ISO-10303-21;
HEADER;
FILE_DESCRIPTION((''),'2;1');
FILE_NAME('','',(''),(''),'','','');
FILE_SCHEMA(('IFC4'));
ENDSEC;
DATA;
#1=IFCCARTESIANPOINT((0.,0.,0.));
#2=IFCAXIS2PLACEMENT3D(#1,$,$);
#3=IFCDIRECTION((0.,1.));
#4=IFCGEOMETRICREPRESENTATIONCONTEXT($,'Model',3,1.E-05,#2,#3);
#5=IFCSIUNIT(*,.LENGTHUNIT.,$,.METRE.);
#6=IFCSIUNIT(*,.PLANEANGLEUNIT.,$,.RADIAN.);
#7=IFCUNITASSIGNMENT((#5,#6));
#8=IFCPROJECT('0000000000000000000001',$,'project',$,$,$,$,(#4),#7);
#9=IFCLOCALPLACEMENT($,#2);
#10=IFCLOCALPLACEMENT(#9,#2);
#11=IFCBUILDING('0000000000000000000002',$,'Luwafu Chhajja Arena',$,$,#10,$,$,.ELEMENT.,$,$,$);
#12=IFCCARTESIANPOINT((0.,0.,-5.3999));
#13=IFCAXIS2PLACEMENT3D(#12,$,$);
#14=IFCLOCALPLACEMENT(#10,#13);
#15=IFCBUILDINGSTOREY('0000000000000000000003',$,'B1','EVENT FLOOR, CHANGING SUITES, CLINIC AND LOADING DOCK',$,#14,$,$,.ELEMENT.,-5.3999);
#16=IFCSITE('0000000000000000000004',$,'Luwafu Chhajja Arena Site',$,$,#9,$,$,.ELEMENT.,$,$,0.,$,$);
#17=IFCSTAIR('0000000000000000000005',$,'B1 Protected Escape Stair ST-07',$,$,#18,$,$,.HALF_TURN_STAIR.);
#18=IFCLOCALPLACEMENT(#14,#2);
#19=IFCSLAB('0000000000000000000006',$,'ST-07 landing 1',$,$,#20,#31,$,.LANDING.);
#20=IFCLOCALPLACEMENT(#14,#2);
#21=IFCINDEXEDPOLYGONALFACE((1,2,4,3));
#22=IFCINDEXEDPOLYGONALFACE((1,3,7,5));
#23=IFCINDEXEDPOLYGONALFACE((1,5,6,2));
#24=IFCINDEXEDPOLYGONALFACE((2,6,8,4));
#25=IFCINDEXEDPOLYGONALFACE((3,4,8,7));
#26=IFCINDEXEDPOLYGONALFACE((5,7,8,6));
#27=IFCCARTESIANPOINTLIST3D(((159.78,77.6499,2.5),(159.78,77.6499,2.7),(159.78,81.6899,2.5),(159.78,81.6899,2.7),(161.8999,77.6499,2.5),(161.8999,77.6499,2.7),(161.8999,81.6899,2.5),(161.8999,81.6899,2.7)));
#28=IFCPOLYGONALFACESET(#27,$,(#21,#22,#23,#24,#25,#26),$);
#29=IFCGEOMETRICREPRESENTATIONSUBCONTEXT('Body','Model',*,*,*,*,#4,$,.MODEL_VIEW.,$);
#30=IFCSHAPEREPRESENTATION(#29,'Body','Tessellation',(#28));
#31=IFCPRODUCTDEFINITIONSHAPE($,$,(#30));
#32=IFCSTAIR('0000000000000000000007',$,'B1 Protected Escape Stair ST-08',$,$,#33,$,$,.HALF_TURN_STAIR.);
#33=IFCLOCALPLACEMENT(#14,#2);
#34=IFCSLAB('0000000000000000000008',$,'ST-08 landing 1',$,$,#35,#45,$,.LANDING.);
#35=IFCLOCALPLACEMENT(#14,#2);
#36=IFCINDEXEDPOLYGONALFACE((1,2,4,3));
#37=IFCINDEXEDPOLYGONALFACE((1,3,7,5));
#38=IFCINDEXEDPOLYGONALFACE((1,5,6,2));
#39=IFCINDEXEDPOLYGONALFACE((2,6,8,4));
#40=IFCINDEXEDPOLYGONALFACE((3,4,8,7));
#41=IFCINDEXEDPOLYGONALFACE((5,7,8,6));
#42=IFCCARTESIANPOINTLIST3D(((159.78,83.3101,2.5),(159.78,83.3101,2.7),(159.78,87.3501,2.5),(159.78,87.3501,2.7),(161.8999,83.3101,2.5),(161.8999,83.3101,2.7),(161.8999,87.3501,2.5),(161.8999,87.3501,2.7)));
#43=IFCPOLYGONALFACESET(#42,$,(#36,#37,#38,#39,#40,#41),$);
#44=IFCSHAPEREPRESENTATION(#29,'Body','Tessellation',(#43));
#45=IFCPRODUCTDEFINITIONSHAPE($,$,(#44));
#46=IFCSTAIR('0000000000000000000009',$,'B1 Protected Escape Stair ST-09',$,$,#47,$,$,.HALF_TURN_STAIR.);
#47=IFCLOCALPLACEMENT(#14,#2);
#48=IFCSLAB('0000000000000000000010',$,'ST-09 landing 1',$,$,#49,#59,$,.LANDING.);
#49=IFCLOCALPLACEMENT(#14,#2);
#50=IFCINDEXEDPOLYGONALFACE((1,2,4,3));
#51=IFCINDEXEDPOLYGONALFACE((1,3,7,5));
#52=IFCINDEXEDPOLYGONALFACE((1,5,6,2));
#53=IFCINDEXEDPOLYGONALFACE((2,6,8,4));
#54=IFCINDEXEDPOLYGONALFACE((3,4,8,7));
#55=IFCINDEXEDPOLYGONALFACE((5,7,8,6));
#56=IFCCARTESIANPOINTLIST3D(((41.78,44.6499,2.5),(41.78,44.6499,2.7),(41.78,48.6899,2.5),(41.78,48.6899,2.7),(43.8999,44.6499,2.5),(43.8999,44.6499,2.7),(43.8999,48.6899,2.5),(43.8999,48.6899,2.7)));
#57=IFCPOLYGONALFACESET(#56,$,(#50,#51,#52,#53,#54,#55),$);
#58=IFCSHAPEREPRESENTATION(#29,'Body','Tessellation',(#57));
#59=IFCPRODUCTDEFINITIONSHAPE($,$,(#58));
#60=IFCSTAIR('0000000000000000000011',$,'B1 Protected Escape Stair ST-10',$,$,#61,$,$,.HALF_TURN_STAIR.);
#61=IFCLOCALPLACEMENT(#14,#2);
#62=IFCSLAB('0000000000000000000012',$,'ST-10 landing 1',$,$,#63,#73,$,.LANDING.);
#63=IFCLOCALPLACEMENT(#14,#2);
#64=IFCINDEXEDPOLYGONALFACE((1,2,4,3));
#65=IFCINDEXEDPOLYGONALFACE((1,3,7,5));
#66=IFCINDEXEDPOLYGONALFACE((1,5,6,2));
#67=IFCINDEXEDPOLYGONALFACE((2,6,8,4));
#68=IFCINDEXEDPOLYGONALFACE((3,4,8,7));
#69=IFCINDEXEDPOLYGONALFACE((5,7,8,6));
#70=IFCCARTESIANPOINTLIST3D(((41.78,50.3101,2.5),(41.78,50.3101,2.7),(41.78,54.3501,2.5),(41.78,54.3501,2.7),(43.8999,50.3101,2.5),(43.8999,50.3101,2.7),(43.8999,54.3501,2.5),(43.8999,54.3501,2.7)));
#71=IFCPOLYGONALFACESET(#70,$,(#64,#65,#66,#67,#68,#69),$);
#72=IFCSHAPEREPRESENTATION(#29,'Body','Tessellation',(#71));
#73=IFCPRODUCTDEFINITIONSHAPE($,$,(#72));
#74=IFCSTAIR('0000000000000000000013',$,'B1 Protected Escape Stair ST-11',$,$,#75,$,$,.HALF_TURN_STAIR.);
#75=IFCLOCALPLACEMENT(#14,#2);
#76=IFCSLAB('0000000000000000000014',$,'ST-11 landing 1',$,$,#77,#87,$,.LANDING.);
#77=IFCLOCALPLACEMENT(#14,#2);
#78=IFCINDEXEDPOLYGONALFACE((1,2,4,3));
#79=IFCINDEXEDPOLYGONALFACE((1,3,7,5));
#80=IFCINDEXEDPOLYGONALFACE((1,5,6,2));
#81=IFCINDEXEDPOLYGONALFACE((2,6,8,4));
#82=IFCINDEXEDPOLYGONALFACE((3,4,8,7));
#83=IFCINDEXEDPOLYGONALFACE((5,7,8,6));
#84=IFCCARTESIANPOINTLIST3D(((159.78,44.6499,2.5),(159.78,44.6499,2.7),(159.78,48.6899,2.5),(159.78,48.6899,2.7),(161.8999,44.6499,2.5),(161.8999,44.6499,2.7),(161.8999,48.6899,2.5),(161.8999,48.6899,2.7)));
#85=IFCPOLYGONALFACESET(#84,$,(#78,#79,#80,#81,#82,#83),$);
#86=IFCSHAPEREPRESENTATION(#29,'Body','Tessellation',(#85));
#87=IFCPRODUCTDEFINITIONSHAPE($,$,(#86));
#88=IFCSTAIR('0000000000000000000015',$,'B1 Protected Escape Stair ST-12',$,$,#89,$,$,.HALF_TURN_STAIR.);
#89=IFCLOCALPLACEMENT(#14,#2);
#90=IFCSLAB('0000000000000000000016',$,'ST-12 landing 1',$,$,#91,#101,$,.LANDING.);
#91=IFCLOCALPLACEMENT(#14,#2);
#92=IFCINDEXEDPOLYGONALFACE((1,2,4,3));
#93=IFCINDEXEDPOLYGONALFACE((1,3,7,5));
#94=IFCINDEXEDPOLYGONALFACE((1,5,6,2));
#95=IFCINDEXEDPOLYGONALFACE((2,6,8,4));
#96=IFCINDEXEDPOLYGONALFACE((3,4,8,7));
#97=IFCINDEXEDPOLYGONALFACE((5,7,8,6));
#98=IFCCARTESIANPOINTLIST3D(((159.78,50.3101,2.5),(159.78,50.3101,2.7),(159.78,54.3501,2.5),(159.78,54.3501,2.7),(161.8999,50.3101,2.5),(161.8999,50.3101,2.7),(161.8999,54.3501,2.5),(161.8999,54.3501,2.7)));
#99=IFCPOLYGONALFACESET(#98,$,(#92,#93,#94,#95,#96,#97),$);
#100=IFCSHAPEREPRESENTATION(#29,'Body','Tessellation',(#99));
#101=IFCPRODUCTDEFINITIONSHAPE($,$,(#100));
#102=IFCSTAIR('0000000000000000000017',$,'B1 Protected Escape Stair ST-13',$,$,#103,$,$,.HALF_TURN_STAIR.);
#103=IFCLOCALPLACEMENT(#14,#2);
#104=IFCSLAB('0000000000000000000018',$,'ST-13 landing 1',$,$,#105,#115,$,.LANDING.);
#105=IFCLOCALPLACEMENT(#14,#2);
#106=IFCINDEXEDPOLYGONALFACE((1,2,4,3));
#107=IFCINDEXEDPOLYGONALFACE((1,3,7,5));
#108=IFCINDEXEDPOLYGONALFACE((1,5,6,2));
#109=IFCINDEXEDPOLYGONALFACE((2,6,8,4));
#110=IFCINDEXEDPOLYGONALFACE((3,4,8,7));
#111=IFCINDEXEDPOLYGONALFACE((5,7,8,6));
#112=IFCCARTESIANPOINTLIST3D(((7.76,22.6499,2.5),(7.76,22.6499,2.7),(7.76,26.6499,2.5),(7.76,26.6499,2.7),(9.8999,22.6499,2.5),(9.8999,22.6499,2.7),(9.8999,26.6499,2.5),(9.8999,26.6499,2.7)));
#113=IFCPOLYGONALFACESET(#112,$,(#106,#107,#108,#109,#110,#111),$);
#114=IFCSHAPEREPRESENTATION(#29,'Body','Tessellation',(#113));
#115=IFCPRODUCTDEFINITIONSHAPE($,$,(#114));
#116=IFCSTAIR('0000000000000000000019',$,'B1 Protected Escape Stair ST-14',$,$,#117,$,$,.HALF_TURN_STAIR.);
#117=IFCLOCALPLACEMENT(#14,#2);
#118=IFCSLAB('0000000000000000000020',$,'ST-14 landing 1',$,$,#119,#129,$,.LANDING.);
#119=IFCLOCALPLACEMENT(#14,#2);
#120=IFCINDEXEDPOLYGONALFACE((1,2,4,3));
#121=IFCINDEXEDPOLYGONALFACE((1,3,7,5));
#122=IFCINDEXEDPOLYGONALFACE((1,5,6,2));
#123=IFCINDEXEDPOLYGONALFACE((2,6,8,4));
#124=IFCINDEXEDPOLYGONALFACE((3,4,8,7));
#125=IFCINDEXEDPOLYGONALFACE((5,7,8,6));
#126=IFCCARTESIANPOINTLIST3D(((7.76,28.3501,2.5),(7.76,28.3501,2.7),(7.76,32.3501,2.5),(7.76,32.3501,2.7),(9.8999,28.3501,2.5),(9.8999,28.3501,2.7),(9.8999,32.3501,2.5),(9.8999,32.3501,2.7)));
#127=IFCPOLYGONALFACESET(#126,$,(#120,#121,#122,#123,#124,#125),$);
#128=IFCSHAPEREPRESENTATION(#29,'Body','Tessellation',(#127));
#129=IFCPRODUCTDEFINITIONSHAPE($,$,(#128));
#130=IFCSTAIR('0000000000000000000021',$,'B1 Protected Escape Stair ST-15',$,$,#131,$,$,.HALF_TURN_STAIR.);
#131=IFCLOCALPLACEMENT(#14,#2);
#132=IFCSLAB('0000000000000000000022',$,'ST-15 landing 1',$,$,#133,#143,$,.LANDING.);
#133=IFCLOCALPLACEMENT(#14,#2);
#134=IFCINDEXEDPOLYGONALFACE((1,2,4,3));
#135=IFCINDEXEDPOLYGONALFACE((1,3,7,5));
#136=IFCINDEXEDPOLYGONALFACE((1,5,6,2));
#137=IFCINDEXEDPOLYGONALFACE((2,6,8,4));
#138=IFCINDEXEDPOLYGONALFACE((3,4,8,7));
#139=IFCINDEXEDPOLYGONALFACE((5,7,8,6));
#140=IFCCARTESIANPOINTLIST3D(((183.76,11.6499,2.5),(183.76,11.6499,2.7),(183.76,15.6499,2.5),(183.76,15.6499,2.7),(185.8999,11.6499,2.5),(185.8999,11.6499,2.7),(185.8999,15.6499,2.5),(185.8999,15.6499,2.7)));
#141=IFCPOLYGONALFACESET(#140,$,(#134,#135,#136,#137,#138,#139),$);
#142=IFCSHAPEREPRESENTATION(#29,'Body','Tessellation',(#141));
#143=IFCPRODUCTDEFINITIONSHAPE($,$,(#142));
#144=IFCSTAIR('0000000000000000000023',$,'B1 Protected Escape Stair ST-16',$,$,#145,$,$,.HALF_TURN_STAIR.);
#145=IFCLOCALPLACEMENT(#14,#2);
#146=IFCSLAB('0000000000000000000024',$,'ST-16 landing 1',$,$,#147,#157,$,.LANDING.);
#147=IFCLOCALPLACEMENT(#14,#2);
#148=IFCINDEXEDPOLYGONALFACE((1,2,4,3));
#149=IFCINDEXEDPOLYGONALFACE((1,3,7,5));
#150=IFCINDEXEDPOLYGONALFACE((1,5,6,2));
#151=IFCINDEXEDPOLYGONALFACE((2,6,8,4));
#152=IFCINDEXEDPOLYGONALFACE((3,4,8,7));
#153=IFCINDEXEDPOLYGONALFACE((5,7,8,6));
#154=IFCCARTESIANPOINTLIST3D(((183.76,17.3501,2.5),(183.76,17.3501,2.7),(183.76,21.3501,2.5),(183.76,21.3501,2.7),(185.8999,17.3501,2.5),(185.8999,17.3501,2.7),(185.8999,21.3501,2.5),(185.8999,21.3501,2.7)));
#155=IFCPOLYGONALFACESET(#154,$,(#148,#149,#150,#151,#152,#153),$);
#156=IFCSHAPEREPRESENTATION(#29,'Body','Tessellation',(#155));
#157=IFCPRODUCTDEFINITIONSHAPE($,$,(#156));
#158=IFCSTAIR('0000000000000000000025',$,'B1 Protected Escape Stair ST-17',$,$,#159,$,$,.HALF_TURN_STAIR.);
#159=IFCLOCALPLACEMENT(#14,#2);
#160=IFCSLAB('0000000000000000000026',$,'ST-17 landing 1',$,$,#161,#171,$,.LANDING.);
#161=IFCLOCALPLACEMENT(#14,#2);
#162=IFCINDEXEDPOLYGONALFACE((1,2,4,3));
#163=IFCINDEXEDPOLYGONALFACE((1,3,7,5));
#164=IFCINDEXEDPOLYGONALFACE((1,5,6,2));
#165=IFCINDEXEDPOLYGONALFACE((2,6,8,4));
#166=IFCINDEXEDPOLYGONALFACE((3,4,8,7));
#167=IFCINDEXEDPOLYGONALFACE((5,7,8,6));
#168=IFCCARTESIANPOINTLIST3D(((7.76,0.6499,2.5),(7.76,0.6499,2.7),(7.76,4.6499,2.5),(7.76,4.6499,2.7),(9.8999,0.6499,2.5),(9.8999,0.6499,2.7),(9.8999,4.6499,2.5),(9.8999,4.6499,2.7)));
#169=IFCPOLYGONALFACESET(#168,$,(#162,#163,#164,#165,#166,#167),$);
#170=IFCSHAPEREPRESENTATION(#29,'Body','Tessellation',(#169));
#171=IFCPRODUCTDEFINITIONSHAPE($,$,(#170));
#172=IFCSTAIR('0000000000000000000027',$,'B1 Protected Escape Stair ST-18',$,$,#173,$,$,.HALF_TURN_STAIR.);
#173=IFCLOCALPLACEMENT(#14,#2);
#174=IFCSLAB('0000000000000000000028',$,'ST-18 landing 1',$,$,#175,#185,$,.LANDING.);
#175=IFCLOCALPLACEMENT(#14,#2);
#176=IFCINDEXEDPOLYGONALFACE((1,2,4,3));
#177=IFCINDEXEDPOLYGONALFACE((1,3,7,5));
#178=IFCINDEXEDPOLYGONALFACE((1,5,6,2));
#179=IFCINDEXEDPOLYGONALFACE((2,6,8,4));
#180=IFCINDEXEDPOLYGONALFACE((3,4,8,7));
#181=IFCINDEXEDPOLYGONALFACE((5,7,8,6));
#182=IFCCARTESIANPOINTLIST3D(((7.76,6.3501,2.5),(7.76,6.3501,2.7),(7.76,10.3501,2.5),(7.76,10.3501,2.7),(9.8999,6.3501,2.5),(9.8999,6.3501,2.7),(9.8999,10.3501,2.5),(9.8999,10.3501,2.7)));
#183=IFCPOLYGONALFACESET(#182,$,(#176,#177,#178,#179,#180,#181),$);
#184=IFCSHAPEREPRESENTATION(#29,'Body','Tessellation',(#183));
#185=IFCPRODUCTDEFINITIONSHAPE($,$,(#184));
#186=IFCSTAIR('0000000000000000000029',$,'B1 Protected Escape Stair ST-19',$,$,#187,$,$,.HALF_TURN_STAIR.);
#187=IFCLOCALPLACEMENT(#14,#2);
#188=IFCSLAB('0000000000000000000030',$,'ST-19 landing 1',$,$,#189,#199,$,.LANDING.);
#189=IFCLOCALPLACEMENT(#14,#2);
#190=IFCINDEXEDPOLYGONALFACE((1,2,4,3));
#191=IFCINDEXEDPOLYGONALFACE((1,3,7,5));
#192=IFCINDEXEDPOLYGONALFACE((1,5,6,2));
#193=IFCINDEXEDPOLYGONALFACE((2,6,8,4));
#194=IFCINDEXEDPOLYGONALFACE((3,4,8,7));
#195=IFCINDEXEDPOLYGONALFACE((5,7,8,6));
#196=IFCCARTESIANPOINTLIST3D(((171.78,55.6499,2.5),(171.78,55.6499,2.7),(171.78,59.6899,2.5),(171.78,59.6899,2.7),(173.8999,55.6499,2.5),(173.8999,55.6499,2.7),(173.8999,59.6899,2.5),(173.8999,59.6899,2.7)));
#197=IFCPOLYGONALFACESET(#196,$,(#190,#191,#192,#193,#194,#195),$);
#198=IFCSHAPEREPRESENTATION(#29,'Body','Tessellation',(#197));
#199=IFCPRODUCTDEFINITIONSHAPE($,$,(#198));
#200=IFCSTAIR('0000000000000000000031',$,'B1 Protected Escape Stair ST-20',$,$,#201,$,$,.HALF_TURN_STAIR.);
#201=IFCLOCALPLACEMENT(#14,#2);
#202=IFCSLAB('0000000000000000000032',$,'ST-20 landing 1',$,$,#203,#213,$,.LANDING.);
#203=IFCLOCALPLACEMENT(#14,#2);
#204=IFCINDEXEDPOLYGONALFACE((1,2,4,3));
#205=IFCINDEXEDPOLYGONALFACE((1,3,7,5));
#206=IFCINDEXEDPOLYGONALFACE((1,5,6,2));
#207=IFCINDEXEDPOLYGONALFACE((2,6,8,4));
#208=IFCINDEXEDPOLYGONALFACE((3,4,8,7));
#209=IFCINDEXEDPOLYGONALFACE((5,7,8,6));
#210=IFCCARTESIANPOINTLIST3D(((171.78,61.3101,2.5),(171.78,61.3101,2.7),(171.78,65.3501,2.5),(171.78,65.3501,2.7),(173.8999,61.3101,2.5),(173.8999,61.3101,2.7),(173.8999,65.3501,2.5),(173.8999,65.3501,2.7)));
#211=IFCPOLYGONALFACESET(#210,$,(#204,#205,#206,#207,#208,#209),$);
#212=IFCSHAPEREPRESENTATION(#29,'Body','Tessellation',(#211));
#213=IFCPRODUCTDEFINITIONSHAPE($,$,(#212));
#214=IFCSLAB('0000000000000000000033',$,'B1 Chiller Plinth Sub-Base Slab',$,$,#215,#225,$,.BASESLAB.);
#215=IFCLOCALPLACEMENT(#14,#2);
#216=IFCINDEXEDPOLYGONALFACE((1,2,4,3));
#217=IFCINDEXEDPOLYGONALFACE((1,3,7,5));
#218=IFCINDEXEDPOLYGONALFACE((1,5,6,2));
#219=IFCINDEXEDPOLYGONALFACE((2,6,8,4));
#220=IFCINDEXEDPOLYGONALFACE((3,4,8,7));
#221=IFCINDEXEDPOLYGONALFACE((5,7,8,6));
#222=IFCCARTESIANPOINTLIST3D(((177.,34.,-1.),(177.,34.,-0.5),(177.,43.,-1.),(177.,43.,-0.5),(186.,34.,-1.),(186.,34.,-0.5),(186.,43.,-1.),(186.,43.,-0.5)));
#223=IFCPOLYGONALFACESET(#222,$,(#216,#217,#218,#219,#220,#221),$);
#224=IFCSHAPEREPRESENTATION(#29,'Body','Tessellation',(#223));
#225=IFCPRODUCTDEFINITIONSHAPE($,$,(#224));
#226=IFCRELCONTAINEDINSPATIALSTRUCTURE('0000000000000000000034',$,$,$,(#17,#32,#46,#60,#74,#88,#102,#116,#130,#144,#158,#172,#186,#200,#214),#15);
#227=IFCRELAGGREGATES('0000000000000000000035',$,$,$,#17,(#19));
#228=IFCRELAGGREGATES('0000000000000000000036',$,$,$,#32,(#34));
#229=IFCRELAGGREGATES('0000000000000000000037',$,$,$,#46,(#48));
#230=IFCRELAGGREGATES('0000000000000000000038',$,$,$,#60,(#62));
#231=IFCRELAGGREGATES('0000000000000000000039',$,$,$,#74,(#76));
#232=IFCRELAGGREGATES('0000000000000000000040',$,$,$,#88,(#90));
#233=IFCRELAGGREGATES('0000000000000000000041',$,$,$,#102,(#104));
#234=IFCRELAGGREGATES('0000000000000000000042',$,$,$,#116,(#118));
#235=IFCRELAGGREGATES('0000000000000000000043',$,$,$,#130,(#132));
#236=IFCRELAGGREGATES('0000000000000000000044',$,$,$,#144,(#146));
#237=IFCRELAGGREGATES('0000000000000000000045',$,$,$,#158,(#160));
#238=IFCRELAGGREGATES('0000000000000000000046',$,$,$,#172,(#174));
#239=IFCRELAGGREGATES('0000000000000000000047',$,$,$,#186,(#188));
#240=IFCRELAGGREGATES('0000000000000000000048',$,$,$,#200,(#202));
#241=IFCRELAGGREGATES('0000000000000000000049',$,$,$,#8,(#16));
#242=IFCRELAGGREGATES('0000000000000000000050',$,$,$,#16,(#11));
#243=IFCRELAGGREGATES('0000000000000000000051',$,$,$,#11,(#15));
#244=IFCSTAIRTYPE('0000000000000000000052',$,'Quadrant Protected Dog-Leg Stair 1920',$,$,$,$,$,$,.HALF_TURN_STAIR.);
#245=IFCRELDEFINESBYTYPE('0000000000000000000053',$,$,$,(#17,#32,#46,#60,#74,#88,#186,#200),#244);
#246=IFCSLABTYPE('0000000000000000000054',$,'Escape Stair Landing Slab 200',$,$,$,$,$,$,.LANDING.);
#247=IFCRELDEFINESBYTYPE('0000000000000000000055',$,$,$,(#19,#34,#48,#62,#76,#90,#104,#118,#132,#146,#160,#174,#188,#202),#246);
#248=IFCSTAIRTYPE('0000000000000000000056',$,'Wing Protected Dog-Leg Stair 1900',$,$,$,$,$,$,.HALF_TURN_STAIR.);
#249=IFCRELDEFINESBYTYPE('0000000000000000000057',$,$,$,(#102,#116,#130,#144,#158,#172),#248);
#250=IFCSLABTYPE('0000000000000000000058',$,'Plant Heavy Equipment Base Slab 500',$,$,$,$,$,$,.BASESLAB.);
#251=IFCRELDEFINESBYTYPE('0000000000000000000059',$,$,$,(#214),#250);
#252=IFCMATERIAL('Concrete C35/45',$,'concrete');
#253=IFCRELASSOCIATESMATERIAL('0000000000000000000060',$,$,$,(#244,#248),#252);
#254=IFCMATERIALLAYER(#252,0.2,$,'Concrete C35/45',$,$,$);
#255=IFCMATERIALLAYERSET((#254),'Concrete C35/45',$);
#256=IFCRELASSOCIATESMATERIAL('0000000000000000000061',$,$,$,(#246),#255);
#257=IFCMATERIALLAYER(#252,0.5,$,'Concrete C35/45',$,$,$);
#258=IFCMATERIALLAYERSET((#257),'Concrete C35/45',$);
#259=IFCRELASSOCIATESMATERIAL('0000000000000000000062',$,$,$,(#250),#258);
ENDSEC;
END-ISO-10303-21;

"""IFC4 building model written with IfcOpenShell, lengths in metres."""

from ifc_helpers import new_model, si_unit, direction, frame, origin, place, context, subcontext, project, spatial, polyline, outline, extrude, material, layer, layer_set, type_object, element, aggregate, save


model = new_model("IFC4")

# Units and contexts
model_context = context("Model", 3, precision=1e-05, world=origin(), true_north=direction((0.0, 1.0)))
body_context = subcontext(model_context, "Body", "Model", "MODEL_VIEW")
ifc_project = project(units=[si_unit("LENGTHUNIT", "METRE"), si_unit("PLANEANGLEUNIT", "RADIAN")], contexts=[model_context])

# Site, building, storey
site_placement = place(None, origin())
site = spatial("IfcSite", under=ifc_project, at=site_placement, Name="Luwafu Chhajja Arena Site", CompositionType="ELEMENT", RefElevation=0.0)
building_placement = place(site_placement, origin())
building = spatial("IfcBuilding", under=site, at=building_placement, Name="Luwafu Chhajja Arena", CompositionType="ELEMENT")
storey_placement = place(building_placement, frame((0.0, 0.0, -5.3999)))
storey = spatial("IfcBuildingStorey", under=building, at=storey_placement, Name="B1", Description="EVENT FLOOR, CHANGING SUITES, CLINIC AND LOADING DOCK", CompositionType="ELEMENT", Elevation=-5.3999)

# Shared definitions
ifc_material_1 = material(Name="Concrete C35/45", Category="concrete")

# Stairs, slabs
stair_type_1 = type_object("IfcStairType", Name="Quadrant Protected Dog-Leg Stair 1920", PredefinedType="HALF_TURN_STAIR", material=ifc_material_1)
ifc_layer_1 = layer(ifc_material_1, 0.2, Name="Concrete C35/45")
ifc_layer_set_1 = layer_set([ifc_layer_1], Name="Concrete C35/45")
slab_type_1 = type_object("IfcSlabType", Name="Escape Stair Landing Slab 200", PredefinedType="LANDING", material=ifc_layer_set_1)
stair_1_placement = place(storey_placement, origin())
stair_1 = element("IfcStair", 1, at=stair_1_placement, inside=storey, type_object=stair_type_1, Name="B1 Protected Escape Stair ST-07", PredefinedType="HALF_TURN_STAIR")
slab_1_placement = place(storey_placement, frame((0.0, 0.0, 2.5)))
slab_1 = element("IfcSlab", 2, at=slab_1_placement, type_object=slab_type_1, Name="ST-07 landing 1", PredefinedType="LANDING", context=body_context, shape_type="SweptSolid", body=[
    extrude(outline(polyline([(159.78, 77.6499), (161.8999, 77.6499), (161.8999, 81.6899), (159.78, 81.6899), (159.78, 77.6499)])), origin(), (0.0, 0.0, 1.0), 0.2),
])
aggregate(stair_1, [slab_1])
stair_2_placement = place(storey_placement, origin())
stair_2 = element("IfcStair", 3, at=stair_2_placement, inside=storey, type_object=stair_type_1, Name="B1 Protected Escape Stair ST-08", PredefinedType="HALF_TURN_STAIR")
slab_2_placement = place(storey_placement, frame((0.0, 0.0, 2.5)))
slab_2 = element("IfcSlab", 4, at=slab_2_placement, type_object=slab_type_1, Name="ST-08 landing 1", PredefinedType="LANDING", context=body_context, shape_type="SweptSolid", body=[
    extrude(outline(polyline([(159.78, 83.3101), (161.8999, 83.3101), (161.8999, 87.3501), (159.78, 87.3501), (159.78, 83.3101)])), origin(), (0.0, 0.0, 1.0), 0.2),
])
aggregate(stair_2, [slab_2])
stair_3_placement = place(storey_placement, origin())
stair_3 = element("IfcStair", 5, at=stair_3_placement, inside=storey, type_object=stair_type_1, Name="B1 Protected Escape Stair ST-09", PredefinedType="HALF_TURN_STAIR")
slab_3_placement = place(storey_placement, frame((0.0, 0.0, 2.5)))
slab_3 = element("IfcSlab", 6, at=slab_3_placement, type_object=slab_type_1, Name="ST-09 landing 1", PredefinedType="LANDING", context=body_context, shape_type="SweptSolid", body=[
    extrude(outline(polyline([(41.78, 44.6499), (43.8999, 44.6499), (43.8999, 48.6899), (41.78, 48.6899), (41.78, 44.6499)])), origin(), (0.0, 0.0, 1.0), 0.2),
])
aggregate(stair_3, [slab_3])
stair_4_placement = place(storey_placement, origin())
stair_4 = element("IfcStair", 7, at=stair_4_placement, inside=storey, type_object=stair_type_1, Name="B1 Protected Escape Stair ST-10", PredefinedType="HALF_TURN_STAIR")
slab_4_placement = place(storey_placement, frame((0.0, 0.0, 2.5)))
slab_4 = element("IfcSlab", 8, at=slab_4_placement, type_object=slab_type_1, Name="ST-10 landing 1", PredefinedType="LANDING", context=body_context, shape_type="SweptSolid", body=[
    extrude(outline(polyline([(41.78, 50.3101), (43.8999, 50.3101), (43.8999, 54.3501), (41.78, 54.3501), (41.78, 50.3101)])), origin(), (0.0, 0.0, 1.0), 0.2),
])
aggregate(stair_4, [slab_4])
stair_5_placement = place(storey_placement, origin())
stair_5 = element("IfcStair", 9, at=stair_5_placement, inside=storey, type_object=stair_type_1, Name="B1 Protected Escape Stair ST-11", PredefinedType="HALF_TURN_STAIR")
slab_5_placement = place(storey_placement, frame((0.0, 0.0, 2.5)))
slab_5 = element("IfcSlab", 10, at=slab_5_placement, type_object=slab_type_1, Name="ST-11 landing 1", PredefinedType="LANDING", context=body_context, shape_type="SweptSolid", body=[
    extrude(outline(polyline([(159.78, 44.6499), (161.8999, 44.6499), (161.8999, 48.6899), (159.78, 48.6899), (159.78, 44.6499)])), origin(), (0.0, 0.0, 1.0), 0.2),
])
aggregate(stair_5, [slab_5])
stair_6_placement = place(storey_placement, origin())
stair_6 = element("IfcStair", 11, at=stair_6_placement, inside=storey, type_object=stair_type_1, Name="B1 Protected Escape Stair ST-12", PredefinedType="HALF_TURN_STAIR")
slab_6_placement = place(storey_placement, frame((0.0, 0.0, 2.5)))
slab_6 = element("IfcSlab", 12, at=slab_6_placement, type_object=slab_type_1, Name="ST-12 landing 1", PredefinedType="LANDING", context=body_context, shape_type="SweptSolid", body=[
    extrude(outline(polyline([(159.78, 50.3101), (161.8999, 50.3101), (161.8999, 54.3501), (159.78, 54.3501), (159.78, 50.3101)])), origin(), (0.0, 0.0, 1.0), 0.2),
])
aggregate(stair_6, [slab_6])
stair_type_2 = type_object("IfcStairType", Name="Wing Protected Dog-Leg Stair 1900", PredefinedType="HALF_TURN_STAIR", material=ifc_material_1)
stair_7_placement = place(storey_placement, origin())
stair_7 = element("IfcStair", 13, at=stair_7_placement, inside=storey, type_object=stair_type_2, Name="B1 Protected Escape Stair ST-13", PredefinedType="HALF_TURN_STAIR")
slab_7_placement = place(storey_placement, frame((0.0, 0.0, 2.5)))
slab_7 = element("IfcSlab", 14, at=slab_7_placement, type_object=slab_type_1, Name="ST-13 landing 1", PredefinedType="LANDING", context=body_context, shape_type="SweptSolid", body=[
    extrude(outline(polyline([(7.76, 22.6499), (9.8999, 22.6499), (9.8999, 26.6499), (7.76, 26.6499), (7.76, 22.6499)])), origin(), (0.0, 0.0, 1.0), 0.2),
])
aggregate(stair_7, [slab_7])
stair_8_placement = place(storey_placement, origin())
stair_8 = element("IfcStair", 15, at=stair_8_placement, inside=storey, type_object=stair_type_2, Name="B1 Protected Escape Stair ST-14", PredefinedType="HALF_TURN_STAIR")
slab_8_placement = place(storey_placement, frame((0.0, 0.0, 2.5)))
slab_8 = element("IfcSlab", 16, at=slab_8_placement, type_object=slab_type_1, Name="ST-14 landing 1", PredefinedType="LANDING", context=body_context, shape_type="SweptSolid", body=[
    extrude(outline(polyline([(7.76, 28.3501), (9.8999, 28.3501), (9.8999, 32.3501), (7.76, 32.3501), (7.76, 28.3501)])), origin(), (0.0, 0.0, 1.0), 0.2),
])
aggregate(stair_8, [slab_8])
stair_9_placement = place(storey_placement, origin())
stair_9 = element("IfcStair", 17, at=stair_9_placement, inside=storey, type_object=stair_type_2, Name="B1 Protected Escape Stair ST-15", PredefinedType="HALF_TURN_STAIR")
slab_9_placement = place(storey_placement, frame((0.0, 0.0, 2.5)))
slab_9 = element("IfcSlab", 18, at=slab_9_placement, type_object=slab_type_1, Name="ST-15 landing 1", PredefinedType="LANDING", context=body_context, shape_type="SweptSolid", body=[
    extrude(outline(polyline([(183.76, 11.6499), (185.8999, 11.6499), (185.8999, 15.6499), (183.76, 15.6499), (183.76, 11.6499)])), origin(), (0.0, 0.0, 1.0), 0.2),
])
aggregate(stair_9, [slab_9])
stair_10_placement = place(storey_placement, origin())
stair_10 = element("IfcStair", 19, at=stair_10_placement, inside=storey, type_object=stair_type_2, Name="B1 Protected Escape Stair ST-16", PredefinedType="HALF_TURN_STAIR")
slab_10_placement = place(storey_placement, frame((0.0, 0.0, 2.5)))
slab_10 = element("IfcSlab", 20, at=slab_10_placement, type_object=slab_type_1, Name="ST-16 landing 1", PredefinedType="LANDING", context=body_context, shape_type="SweptSolid", body=[
    extrude(outline(polyline([(183.76, 17.3501), (185.8999, 17.3501), (185.8999, 21.3501), (183.76, 21.3501), (183.76, 17.3501)])), origin(), (0.0, 0.0, 1.0), 0.2),
])
aggregate(stair_10, [slab_10])
stair_11_placement = place(storey_placement, origin())
stair_11 = element("IfcStair", 21, at=stair_11_placement, inside=storey, type_object=stair_type_2, Name="B1 Protected Escape Stair ST-17", PredefinedType="HALF_TURN_STAIR")
slab_11_placement = place(storey_placement, frame((0.0, 0.0, 2.5)))
slab_11 = element("IfcSlab", 22, at=slab_11_placement, type_object=slab_type_1, Name="ST-17 landing 1", PredefinedType="LANDING", context=body_context, shape_type="SweptSolid", body=[
    extrude(outline(polyline([(7.76, 0.6499), (9.8999, 0.6499), (9.8999, 4.6499), (7.76, 4.6499), (7.76, 0.6499)])), origin(), (0.0, 0.0, 1.0), 0.2),
])
aggregate(stair_11, [slab_11])
stair_12_placement = place(storey_placement, origin())
stair_12 = element("IfcStair", 23, at=stair_12_placement, inside=storey, type_object=stair_type_2, Name="B1 Protected Escape Stair ST-18", PredefinedType="HALF_TURN_STAIR")
slab_12_placement = place(storey_placement, frame((0.0, 0.0, 2.5)))
slab_12 = element("IfcSlab", 24, at=slab_12_placement, type_object=slab_type_1, Name="ST-18 landing 1", PredefinedType="LANDING", context=body_context, shape_type="SweptSolid", body=[
    extrude(outline(polyline([(7.76, 6.3501), (9.8999, 6.3501), (9.8999, 10.3501), (7.76, 10.3501), (7.76, 6.3501)])), origin(), (0.0, 0.0, 1.0), 0.2),
])
aggregate(stair_12, [slab_12])
stair_13_placement = place(storey_placement, origin())
stair_13 = element("IfcStair", 25, at=stair_13_placement, inside=storey, type_object=stair_type_1, Name="B1 Protected Escape Stair ST-19", PredefinedType="HALF_TURN_STAIR")
slab_13_placement = place(storey_placement, frame((0.0, 0.0, 2.5)))
slab_13 = element("IfcSlab", 26, at=slab_13_placement, type_object=slab_type_1, Name="ST-19 landing 1", PredefinedType="LANDING", context=body_context, shape_type="SweptSolid", body=[
    extrude(outline(polyline([(171.78, 55.6499), (173.8999, 55.6499), (173.8999, 59.6899), (171.78, 59.6899), (171.78, 55.6499)])), origin(), (0.0, 0.0, 1.0), 0.2),
])
aggregate(stair_13, [slab_13])
stair_14_placement = place(storey_placement, origin())
stair_14 = element("IfcStair", 27, at=stair_14_placement, inside=storey, type_object=stair_type_1, Name="B1 Protected Escape Stair ST-20", PredefinedType="HALF_TURN_STAIR")
slab_14_placement = place(storey_placement, frame((0.0, 0.0, 2.5)))
slab_14 = element("IfcSlab", 28, at=slab_14_placement, type_object=slab_type_1, Name="ST-20 landing 1", PredefinedType="LANDING", context=body_context, shape_type="SweptSolid", body=[
    extrude(outline(polyline([(171.78, 61.3101), (173.8999, 61.3101), (173.8999, 65.3501), (171.78, 65.3501), (171.78, 61.3101)])), origin(), (0.0, 0.0, 1.0), 0.2),
])
aggregate(stair_14, [slab_14])

# Slab
ifc_layer_2 = layer(ifc_material_1, 0.5, Name="Concrete C35/45")
ifc_layer_set_2 = layer_set([ifc_layer_2], Name="Concrete C35/45")
slab_type_2 = type_object("IfcSlabType", Name="Plant Heavy Equipment Base Slab 500", PredefinedType="BASESLAB", material=ifc_layer_set_2)
slab_15_placement = place(storey_placement, frame((0.0, 0.0, -1.0)))
element("IfcSlab", 29, at=slab_15_placement, inside=storey, type_object=slab_type_2, Name="B1 Chiller Plinth Sub-Base Slab", PredefinedType="BASESLAB", context=body_context, shape_type="SweptSolid", body=[
    extrude(outline(polyline([(177.0, 34.0), (186.0, 34.0), (186.0, 43.0), (177.0, 43.0), (177.0, 34.0)])), origin(), (0.0, 0.0, 1.0), 0.5),
])

save(model, "model.ifc")
